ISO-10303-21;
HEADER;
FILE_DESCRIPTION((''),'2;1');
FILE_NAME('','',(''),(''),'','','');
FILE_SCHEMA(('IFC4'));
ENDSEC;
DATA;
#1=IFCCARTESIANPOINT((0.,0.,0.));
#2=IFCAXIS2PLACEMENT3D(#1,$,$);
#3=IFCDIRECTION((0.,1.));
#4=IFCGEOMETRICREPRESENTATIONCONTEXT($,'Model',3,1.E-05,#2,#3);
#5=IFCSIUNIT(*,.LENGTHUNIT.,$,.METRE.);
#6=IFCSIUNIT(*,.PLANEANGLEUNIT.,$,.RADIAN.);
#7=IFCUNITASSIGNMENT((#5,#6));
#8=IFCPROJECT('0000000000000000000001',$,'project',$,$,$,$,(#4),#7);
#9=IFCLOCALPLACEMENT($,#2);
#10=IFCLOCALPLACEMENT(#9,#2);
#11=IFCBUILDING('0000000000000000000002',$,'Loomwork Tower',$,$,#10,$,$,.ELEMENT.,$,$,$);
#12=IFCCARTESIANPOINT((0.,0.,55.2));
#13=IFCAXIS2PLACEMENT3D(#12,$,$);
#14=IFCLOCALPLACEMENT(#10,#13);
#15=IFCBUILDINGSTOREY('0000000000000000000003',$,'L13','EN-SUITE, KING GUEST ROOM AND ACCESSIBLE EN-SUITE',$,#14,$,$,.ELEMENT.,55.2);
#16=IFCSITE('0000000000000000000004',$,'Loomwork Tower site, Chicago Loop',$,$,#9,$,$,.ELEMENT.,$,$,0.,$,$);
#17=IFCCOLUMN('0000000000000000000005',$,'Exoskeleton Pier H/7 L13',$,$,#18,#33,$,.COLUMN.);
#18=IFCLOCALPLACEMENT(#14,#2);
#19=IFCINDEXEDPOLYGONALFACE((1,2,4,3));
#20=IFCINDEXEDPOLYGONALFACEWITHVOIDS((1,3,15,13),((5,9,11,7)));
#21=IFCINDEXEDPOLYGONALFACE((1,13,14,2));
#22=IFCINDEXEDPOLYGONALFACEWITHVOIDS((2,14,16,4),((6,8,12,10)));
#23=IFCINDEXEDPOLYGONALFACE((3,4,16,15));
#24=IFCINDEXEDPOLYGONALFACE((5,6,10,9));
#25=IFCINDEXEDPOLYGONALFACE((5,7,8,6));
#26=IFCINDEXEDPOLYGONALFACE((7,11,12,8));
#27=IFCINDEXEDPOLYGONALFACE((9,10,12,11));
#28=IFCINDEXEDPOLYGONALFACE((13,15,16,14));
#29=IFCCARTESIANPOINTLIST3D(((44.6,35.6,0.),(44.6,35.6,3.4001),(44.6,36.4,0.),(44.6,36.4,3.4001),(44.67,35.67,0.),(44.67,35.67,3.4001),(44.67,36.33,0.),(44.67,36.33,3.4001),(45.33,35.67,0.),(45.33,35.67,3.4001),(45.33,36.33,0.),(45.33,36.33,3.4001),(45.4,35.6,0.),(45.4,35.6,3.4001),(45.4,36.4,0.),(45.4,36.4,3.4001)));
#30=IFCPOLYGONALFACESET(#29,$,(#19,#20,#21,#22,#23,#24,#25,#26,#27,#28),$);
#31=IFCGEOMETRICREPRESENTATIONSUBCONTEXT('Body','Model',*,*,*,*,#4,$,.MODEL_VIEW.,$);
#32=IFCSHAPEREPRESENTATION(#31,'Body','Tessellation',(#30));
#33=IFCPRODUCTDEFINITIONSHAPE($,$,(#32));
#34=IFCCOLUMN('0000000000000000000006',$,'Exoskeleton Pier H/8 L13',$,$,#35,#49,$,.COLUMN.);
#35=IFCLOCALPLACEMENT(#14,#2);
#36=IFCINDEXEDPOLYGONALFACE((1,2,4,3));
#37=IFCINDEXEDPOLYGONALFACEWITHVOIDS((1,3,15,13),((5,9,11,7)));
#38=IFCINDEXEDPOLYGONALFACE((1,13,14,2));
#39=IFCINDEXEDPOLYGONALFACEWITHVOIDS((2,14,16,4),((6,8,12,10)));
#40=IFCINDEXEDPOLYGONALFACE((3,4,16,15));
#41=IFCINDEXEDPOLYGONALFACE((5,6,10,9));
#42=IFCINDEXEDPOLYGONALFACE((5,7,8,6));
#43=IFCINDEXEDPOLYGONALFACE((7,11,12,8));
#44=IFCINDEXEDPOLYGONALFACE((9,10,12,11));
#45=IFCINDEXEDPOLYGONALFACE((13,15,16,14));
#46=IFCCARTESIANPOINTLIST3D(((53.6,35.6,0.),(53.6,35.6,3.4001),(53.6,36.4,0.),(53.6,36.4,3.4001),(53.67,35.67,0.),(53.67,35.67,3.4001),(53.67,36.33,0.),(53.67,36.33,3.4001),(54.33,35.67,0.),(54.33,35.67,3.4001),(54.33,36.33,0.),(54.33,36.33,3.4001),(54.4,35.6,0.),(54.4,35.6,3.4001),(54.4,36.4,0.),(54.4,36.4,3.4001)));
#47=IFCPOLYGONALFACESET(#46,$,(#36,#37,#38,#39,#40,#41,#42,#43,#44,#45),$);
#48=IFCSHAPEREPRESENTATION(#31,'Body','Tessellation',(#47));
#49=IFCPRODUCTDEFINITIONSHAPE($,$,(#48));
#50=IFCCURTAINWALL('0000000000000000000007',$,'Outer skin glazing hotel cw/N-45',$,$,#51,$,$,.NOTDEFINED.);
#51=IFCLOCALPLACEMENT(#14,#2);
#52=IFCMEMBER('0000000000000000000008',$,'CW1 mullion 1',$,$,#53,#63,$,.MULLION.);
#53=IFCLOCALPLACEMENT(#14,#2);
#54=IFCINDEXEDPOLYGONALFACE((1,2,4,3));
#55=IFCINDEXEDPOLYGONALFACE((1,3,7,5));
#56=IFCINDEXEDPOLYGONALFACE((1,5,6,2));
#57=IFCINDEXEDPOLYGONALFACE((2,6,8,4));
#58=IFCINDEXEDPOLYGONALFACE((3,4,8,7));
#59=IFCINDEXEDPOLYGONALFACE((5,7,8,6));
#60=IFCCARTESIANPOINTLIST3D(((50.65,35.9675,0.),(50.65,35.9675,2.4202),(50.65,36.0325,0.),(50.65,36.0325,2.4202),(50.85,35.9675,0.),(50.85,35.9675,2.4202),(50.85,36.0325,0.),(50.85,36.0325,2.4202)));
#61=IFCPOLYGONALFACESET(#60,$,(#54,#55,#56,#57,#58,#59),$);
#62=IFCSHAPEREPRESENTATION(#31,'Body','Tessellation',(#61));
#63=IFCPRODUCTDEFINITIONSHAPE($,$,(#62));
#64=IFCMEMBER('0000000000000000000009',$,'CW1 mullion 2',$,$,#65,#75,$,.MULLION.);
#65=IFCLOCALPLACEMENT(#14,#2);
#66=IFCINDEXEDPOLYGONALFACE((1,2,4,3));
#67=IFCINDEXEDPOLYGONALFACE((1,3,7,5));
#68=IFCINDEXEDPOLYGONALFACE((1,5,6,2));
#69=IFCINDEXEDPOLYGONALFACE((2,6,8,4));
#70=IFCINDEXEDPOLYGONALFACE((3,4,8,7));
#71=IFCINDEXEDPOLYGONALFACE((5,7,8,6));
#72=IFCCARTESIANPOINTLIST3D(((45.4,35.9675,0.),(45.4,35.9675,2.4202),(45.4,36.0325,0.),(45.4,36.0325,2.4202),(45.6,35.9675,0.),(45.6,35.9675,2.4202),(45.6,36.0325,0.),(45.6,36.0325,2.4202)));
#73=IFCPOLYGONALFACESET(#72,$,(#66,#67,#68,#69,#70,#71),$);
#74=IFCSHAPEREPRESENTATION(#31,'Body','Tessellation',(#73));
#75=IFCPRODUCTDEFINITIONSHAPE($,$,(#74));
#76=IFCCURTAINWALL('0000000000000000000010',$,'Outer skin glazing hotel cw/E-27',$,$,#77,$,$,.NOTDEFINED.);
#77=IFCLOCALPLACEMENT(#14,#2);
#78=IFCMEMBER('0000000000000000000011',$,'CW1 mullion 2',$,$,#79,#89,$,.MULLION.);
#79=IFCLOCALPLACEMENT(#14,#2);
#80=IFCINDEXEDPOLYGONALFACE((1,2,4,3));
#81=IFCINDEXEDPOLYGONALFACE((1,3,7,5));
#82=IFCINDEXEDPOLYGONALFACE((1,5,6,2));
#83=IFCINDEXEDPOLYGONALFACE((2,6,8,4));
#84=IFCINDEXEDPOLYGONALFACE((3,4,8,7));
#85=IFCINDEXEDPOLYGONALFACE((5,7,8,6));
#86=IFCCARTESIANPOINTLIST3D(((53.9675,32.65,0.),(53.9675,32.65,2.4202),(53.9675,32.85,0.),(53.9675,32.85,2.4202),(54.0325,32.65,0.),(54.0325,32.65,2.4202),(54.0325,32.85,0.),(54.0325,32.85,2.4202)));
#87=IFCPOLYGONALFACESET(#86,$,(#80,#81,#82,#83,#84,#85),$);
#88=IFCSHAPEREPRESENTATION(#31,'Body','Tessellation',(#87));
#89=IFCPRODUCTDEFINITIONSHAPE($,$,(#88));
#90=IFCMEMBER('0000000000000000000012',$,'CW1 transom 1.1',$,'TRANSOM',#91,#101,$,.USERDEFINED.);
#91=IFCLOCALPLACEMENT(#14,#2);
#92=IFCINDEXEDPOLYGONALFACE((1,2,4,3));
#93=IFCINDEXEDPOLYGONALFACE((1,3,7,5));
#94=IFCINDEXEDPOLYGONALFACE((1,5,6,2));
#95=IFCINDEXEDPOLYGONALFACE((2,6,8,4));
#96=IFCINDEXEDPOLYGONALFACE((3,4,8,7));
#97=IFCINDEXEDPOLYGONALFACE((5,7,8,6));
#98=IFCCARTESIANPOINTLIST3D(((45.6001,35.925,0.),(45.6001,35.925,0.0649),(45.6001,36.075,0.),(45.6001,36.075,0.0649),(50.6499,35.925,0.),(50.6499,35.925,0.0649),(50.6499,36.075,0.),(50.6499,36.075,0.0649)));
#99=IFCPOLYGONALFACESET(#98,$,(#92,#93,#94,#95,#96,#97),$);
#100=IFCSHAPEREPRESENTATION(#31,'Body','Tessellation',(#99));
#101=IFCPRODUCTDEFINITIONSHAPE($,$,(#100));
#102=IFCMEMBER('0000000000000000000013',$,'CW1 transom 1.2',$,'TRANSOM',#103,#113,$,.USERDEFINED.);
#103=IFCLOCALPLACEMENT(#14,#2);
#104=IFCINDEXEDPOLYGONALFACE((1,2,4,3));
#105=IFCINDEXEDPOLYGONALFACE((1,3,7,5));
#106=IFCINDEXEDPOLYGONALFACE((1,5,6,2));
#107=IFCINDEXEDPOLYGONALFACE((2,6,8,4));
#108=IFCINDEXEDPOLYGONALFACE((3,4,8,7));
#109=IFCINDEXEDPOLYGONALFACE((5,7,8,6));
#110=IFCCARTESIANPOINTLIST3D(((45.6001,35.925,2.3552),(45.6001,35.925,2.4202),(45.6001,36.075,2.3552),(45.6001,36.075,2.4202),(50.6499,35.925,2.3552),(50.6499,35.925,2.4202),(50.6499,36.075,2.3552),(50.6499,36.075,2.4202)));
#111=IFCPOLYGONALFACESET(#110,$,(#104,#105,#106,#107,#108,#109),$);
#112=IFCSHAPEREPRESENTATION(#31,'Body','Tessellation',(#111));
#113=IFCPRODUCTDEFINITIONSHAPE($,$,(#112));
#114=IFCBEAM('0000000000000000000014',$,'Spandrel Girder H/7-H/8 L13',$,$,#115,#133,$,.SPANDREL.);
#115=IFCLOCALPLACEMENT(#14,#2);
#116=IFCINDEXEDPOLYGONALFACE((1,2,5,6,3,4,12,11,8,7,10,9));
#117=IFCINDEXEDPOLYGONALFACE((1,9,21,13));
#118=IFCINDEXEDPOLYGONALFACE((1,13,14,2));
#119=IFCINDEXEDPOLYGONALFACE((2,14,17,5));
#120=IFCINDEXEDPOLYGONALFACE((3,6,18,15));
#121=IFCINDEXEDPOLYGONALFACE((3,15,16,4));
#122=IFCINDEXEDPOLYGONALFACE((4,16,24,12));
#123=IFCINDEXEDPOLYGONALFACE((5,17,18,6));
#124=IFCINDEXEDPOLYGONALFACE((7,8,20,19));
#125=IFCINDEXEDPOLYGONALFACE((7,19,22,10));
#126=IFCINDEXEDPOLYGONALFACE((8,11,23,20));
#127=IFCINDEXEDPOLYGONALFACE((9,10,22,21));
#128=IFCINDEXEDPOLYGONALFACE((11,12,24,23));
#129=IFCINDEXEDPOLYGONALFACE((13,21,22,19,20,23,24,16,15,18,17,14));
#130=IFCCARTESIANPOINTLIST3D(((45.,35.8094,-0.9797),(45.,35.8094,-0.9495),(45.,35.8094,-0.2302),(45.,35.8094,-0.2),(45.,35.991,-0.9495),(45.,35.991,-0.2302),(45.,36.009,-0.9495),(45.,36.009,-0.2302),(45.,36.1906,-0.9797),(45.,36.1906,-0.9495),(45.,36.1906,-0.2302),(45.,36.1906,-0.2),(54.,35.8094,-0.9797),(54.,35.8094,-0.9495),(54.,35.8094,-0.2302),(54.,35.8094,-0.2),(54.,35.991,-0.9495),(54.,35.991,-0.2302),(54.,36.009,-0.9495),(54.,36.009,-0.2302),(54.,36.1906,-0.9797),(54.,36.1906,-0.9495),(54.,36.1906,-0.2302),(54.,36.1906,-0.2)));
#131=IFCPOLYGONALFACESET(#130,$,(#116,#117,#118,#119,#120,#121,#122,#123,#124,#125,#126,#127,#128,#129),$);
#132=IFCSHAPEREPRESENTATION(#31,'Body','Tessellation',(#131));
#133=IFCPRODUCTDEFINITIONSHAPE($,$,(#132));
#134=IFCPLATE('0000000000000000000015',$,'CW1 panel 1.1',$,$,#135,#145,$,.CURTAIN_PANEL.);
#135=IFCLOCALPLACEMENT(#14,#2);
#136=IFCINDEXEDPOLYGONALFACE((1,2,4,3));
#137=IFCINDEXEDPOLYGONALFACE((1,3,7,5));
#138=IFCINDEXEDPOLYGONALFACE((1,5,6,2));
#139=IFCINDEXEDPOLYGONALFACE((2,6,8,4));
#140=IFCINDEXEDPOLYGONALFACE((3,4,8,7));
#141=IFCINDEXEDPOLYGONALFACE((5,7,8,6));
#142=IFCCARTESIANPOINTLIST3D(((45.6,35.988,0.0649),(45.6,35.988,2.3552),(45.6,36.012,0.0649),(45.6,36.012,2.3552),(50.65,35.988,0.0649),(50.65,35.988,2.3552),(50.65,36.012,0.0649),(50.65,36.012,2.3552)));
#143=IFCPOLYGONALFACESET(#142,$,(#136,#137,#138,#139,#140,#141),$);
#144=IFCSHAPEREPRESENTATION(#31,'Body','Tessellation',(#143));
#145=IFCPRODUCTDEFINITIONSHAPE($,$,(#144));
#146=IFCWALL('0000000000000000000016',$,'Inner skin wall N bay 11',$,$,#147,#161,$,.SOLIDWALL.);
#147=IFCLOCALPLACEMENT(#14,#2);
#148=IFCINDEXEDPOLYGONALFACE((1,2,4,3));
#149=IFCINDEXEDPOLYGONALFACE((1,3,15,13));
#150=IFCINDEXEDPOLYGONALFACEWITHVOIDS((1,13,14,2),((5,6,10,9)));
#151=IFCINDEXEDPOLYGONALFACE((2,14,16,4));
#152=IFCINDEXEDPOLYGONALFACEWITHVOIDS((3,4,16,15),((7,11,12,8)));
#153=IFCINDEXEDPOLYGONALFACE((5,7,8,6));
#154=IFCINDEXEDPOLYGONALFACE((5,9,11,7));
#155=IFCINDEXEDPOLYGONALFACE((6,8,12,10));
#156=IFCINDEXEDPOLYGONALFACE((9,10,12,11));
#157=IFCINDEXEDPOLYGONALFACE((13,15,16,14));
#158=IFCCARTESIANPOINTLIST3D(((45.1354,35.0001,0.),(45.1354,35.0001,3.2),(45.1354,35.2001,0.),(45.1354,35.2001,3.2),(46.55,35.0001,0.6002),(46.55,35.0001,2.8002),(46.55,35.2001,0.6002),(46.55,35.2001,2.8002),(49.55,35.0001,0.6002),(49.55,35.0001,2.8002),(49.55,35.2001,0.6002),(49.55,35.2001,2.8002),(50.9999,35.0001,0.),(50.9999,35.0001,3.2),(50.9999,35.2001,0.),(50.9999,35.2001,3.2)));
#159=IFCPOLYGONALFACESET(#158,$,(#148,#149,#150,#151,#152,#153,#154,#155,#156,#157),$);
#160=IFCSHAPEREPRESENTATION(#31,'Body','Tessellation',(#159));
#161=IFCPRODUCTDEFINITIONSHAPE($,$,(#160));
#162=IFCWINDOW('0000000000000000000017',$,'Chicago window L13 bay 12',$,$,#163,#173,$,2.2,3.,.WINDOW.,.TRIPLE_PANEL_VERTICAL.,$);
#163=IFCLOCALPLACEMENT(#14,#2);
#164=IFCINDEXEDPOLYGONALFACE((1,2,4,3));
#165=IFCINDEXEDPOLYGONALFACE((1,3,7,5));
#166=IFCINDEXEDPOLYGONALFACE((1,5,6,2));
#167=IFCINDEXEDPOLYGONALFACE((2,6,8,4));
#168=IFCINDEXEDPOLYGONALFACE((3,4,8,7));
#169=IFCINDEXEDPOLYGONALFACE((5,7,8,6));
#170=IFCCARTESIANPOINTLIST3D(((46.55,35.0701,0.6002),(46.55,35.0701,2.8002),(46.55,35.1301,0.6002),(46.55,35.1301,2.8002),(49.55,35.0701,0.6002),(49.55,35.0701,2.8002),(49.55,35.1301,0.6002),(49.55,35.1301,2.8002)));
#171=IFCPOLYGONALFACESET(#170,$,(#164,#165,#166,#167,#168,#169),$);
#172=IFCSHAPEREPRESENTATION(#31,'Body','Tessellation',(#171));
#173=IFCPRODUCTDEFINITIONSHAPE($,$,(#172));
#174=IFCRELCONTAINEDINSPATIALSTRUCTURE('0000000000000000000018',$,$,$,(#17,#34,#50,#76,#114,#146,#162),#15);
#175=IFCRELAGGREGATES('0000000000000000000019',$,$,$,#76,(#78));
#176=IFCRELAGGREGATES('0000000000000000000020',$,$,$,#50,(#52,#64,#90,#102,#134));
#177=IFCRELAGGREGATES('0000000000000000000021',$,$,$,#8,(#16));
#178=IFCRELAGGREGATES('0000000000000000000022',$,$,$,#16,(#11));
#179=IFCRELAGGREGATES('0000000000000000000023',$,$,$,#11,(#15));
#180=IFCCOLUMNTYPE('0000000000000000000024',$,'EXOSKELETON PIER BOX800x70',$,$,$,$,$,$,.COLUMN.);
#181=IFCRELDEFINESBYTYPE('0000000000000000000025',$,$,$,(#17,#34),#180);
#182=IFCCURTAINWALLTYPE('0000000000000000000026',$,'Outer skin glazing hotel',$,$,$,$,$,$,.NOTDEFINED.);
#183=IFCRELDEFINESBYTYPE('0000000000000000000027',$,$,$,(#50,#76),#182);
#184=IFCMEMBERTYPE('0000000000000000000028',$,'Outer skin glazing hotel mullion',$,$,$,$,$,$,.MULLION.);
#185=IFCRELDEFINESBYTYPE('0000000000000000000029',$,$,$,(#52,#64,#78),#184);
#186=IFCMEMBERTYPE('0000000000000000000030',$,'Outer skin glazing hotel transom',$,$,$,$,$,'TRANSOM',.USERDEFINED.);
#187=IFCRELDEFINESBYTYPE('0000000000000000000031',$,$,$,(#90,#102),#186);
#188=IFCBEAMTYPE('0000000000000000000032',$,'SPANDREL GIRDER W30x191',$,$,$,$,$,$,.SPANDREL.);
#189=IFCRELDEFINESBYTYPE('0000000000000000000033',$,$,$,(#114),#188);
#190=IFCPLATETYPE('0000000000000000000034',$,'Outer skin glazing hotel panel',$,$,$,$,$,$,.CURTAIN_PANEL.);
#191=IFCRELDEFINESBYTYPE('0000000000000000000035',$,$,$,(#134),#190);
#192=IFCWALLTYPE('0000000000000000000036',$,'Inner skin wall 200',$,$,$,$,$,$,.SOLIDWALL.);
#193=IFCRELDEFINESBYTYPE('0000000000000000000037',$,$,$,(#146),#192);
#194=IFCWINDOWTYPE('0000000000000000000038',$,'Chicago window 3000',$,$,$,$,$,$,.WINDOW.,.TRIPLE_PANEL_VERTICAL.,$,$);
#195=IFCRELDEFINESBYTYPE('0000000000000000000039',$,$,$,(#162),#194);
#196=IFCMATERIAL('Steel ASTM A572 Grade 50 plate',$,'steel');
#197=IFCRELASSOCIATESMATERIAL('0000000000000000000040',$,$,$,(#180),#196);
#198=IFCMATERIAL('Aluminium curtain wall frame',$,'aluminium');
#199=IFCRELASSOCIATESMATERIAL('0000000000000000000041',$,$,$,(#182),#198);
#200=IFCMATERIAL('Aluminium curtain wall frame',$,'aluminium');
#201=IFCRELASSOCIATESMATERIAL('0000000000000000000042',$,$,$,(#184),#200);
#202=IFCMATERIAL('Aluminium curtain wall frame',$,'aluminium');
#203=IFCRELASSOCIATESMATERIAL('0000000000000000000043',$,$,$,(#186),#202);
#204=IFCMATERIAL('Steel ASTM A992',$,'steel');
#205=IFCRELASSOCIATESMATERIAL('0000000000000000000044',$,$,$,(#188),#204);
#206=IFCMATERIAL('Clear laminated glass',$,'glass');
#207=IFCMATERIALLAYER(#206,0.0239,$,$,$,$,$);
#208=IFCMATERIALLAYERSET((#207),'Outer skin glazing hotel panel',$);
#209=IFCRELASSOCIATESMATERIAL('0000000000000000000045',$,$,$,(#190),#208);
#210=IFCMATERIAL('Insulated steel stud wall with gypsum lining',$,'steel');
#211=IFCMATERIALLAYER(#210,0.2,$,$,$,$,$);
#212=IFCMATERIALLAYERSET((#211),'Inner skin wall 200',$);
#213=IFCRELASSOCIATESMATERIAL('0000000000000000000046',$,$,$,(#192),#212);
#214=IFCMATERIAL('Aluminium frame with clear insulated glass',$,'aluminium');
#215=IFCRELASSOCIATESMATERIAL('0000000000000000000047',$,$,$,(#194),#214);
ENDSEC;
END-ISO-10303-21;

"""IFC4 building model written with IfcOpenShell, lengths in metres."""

from ifc_helpers import new_model, si_unit, direction, frame, frame_2d, origin, origin_2d, place, context, subcontext, project, spatial, rectangle, hollow_rectangle, i_section, extrude, material, layer, layer_set, material_profile, profile_set, type_object, element, fill, aggregate, save


model = new_model("IFC4")

# Units and contexts
model_context = context("Model", 3, precision=1e-05, world=origin(), true_north=direction((0.0, 1.0)))
body_context = subcontext(model_context, "Body", "Model", "MODEL_VIEW")
ifc_project = project(units=[si_unit("LENGTHUNIT", "METRE"), si_unit("PLANEANGLEUNIT", "RADIAN")], contexts=[model_context])

# Site, building, storey
site_placement = place(None, origin())
site = spatial("IfcSite", under=ifc_project, at=site_placement, Name="Loomwork Tower site, Chicago Loop", CompositionType="ELEMENT", RefElevation=0.0)
building_placement = place(site_placement, origin())
building = spatial("IfcBuilding", under=site, at=building_placement, Name="Loomwork Tower", CompositionType="ELEMENT")
storey_placement = place(building_placement, frame((0.0, 0.0, 55.2)))
storey = spatial("IfcBuildingStorey", under=building, at=storey_placement, Name="L13", Description="EN-SUITE, KING GUEST ROOM AND ACCESSIBLE EN-SUITE", CompositionType="ELEMENT", Elevation=55.2)

# Columns
ifc_material_1 = material(Name="Steel ASTM A572 Grade 50 plate", Category="steel")
ifc_material_profile_1 = material_profile(ifc_material_1, hollow_rectangle(XDim=0.8, YDim=0.8, WallThickness=0.0701, at=origin_2d()), Name="BOX800x70")
ifc_profile_set_1 = profile_set([ifc_material_profile_1], Name="Steel ASTM A572 Grade 50 plate")
column_type = type_object("IfcColumnType", Name="EXOSKELETON PIER BOX800x70", PredefinedType="COLUMN", material=ifc_profile_set_1)
for number, where, z_axis, x_axis, name in (
    (1, (45.0, 36.0, 0.0), (0.0, 0.0, 1.0), (1.0, 0.0, 0.0), "Exoskeleton Pier H/7 L13"),
    (2, (54.0, 36.0, 0.0), (0.0, 0.0, 1.0), (1.0, 0.0, 0.0), "Exoskeleton Pier H/8 L13"),
):
    element("IfcColumn", number, at=place(storey_placement, frame(where, z_axis=z_axis, x_axis=x_axis)), inside=storey, type_object=column_type, Name=name, PredefinedType="COLUMN", context=body_context, shape_type="SweptSolid", body=[
        extrude(hollow_rectangle(XDim=0.8, YDim=0.8, WallThickness=0.0701, at=origin_2d()), origin(), (0.0, 0.0, 1.0), 3.4001),
    ])

# Curtain wall, members
ifc_material_2 = material(Name="Aluminium curtain wall frame", Category="aluminium")
curtain_wall_type = type_object("IfcCurtainWallType", Name="Outer skin glazing hotel", PredefinedType="NOTDEFINED", material=ifc_material_2)
curtain_wall_1_placement = place(storey_placement, origin())
curtain_wall_1 = element("IfcCurtainWall", 3, at=curtain_wall_1_placement, inside=storey, type_object=curtain_wall_type, Name="Outer skin glazing hotel cw/N-45", PredefinedType="NOTDEFINED")
ifc_material_3 = material(Name="Aluminium curtain wall frame", Category="aluminium")
ifc_material_profile_2 = material_profile(ifc_material_3, rectangle(XDim=0.0649, YDim=0.2, at=origin_2d()), Name="AL 65x200")
ifc_profile_set_2 = profile_set([ifc_material_profile_2], Name="Aluminium curtain wall frame")
member_type_1 = type_object("IfcMemberType", Name="Outer skin glazing hotel mullion", PredefinedType="MULLION", material=ifc_profile_set_2)
member_1_placement = place(storey_placement, frame((50.75, 36.0, 0.0), z_axis=(0.0, 0.0, 1.0), x_axis=(0.0, -1.0, 0.0)))
member_1 = element("IfcMember", 4, at=member_1_placement, type_object=member_type_1, Name="CW1 mullion 1", PredefinedType="MULLION", context=body_context, shape_type="SweptSolid", body=[
    extrude(rectangle(XDim=0.0649, YDim=0.2, at=origin_2d()), origin(), (0.0, 0.0, 1.0), 2.4202),
])
member_2_placement = place(storey_placement, frame((45.5, 36.0, 0.0), z_axis=(0.0, 0.0, 1.0), x_axis=(0.0, -1.0, 0.0)))
member_2 = element("IfcMember", 5, at=member_2_placement, type_object=member_type_1, Name="CW1 mullion 2", PredefinedType="MULLION", context=body_context, shape_type="SweptSolid", body=[
    extrude(rectangle(XDim=0.0649, YDim=0.2, at=origin_2d()), origin(), (0.0, 0.0, 1.0), 2.4202),
])

# Curtain wall, member
curtain_wall_2_placement = place(storey_placement, origin())
curtain_wall_2 = element("IfcCurtainWall", 6, at=curtain_wall_2_placement, inside=storey, type_object=curtain_wall_type, Name="Outer skin glazing hotel cw/E-27", PredefinedType="NOTDEFINED")
member_3_placement = place(storey_placement, frame((54.0, 32.75, 0.0), z_axis=(0.0, 0.0, 1.0), x_axis=(-1.0, 0.0, 0.0)))
member_3 = element("IfcMember", 7, at=member_3_placement, type_object=member_type_1, Name="CW1 mullion 2", PredefinedType="MULLION", context=body_context, shape_type="SweptSolid", body=[
    extrude(rectangle(XDim=0.0649, YDim=0.2, at=origin_2d()), origin(), (0.0, 0.0, 1.0), 2.4202),
])
aggregate(curtain_wall_2, [member_3])

# Members
ifc_material_4 = material(Name="Aluminium curtain wall frame", Category="aluminium")
ifc_material_profile_3 = material_profile(ifc_material_4, rectangle(XDim=0.1499, YDim=0.0649, at=origin_2d()), Name="AL 65x150")
ifc_profile_set_3 = profile_set([ifc_material_profile_3], Name="Aluminium curtain wall frame")
member_type_2 = type_object("IfcMemberType", Name="Outer skin glazing hotel transom", ElementType="TRANSOM", PredefinedType="USERDEFINED", material=ifc_profile_set_3)
member_4_placement = place(storey_placement, frame((50.6499, 36.0, 0.0325), z_axis=(-1.0, 0.0, 0.0), x_axis=(0.0, -1.0, 0.0)))
member_4 = element("IfcMember", 8, at=member_4_placement, type_object=member_type_2, Name="CW1 transom 1.1", ObjectType="TRANSOM", PredefinedType="USERDEFINED", context=body_context, shape_type="SweptSolid", body=[
    extrude(rectangle(XDim=0.1499, YDim=0.0649, at=origin_2d()), origin(), (0.0, 0.0, 1.0), 5.0498),
])
member_5_placement = place(storey_placement, frame((50.6499, 36.0, 2.3877), z_axis=(-1.0, 0.0, 0.0), x_axis=(0.0, -1.0, 0.0)))
member_5 = element("IfcMember", 9, at=member_5_placement, type_object=member_type_2, Name="CW1 transom 1.2", ObjectType="TRANSOM", PredefinedType="USERDEFINED", context=body_context, shape_type="SweptSolid", body=[
    extrude(rectangle(XDim=0.1499, YDim=0.0649, at=origin_2d()), origin(), (0.0, 0.0, 1.0), 5.0498),
])

# Beam
ifc_material_5 = material(Name="Steel ASTM A992", Category="steel")
ifc_material_profile_4 = material_profile(ifc_material_5, i_section(OverallWidth=0.3811, OverallDepth=0.7798, WebThickness=0.0181, FlangeThickness=0.0303, at=origin_2d()), Name="W30x191")
ifc_profile_set_4 = profile_set([ifc_material_profile_4], Name="Steel ASTM A992")
beam_type = type_object("IfcBeamType", Name="SPANDREL GIRDER W30x191", PredefinedType="SPANDREL", material=ifc_profile_set_4)
beam_placement = place(storey_placement, frame((45.0, 36.0, -0.5898), z_axis=(1.0, 0.0, 0.0), x_axis=(0.0, 1.0, 0.0)))
element("IfcBeam", 10, at=beam_placement, inside=storey, type_object=beam_type, Name="Spandrel Girder H/7-H/8 L13", PredefinedType="SPANDREL", context=body_context, shape_type="SweptSolid", body=[
    extrude(i_section(OverallWidth=0.3811, OverallDepth=0.7798, WebThickness=0.0181, FlangeThickness=0.0303, at=origin_2d()), origin(), (0.0, 0.0, 1.0), 9.0),
])

# Plate
ifc_material_6 = material(Name="Clear laminated glass", Category="glass")
ifc_layer_1 = layer(ifc_material_6, 0.0239)
ifc_layer_set_1 = layer_set([ifc_layer_1], Name="Outer skin glazing hotel panel")
plate_type = type_object("IfcPlateType", Name="Outer skin glazing hotel panel", PredefinedType="CURTAIN_PANEL", material=ifc_layer_set_1)
plate_placement = place(storey_placement, frame((48.125, 36.0, 0.0649), z_axis=(0.0, 0.0, 1.0), x_axis=(-1.0, 0.0, 0.0)))
plate = element("IfcPlate", 11, at=plate_placement, type_object=plate_type, Name="CW1 panel 1.1", PredefinedType="CURTAIN_PANEL", context=body_context, shape_type="SweptSolid", body=[
    extrude(rectangle(XDim=5.05, YDim=0.0239, at=origin_2d()), origin(), (0.0, 0.0, 1.0), 2.2903),
])
aggregate(curtain_wall_1, [member_1, member_2, member_4, member_5, plate])

# Wall, opening, window
ifc_material_7 = material(Name="Insulated steel stud wall with gypsum lining", Category="steel")
ifc_layer_2 = layer(ifc_material_7, 0.2)
ifc_layer_set_2 = layer_set([ifc_layer_2], Name="Inner skin wall 200")
wall_type_1 = type_object("IfcWallType", Name="Inner skin wall 200", PredefinedType="SOLIDWALL", material=ifc_layer_set_2)
wall_1_placement = place(storey_placement, frame((45.1355, 35.1001, 0.0), z_axis=(0.0, 0.0, 1.0), x_axis=(1.0, 0.0, 0.0)))
wall_1 = element("IfcWall", 12, at=wall_1_placement, inside=storey, type_object=wall_type_1, Name="Inner skin wall N bay 11", PredefinedType="SOLIDWALL", context=body_context, shape_type="SweptSolid", body=[
    extrude(rectangle(XDim=5.8645, YDim=0.2, at=frame_2d((2.9321, 0.0))), origin(), (0.0, 0.0, 1.0), 3.2),
])
opening_1_placement = place(wall_1_placement, frame((1.4146, 0.0, 0.6001)))
opening_1 = element("IfcOpeningElement", 13, at=opening_1_placement, cuts=wall_1, PredefinedType="OPENING", context=body_context, shape_type="SweptSolid", body=[
    extrude(rectangle(XDim=3.0, YDim=2.2, at=frame_2d((1.5, 1.1001))), frame((0.0, 0.1099, 0.0), z_axis=(0.0, -1.0, 0.0), x_axis=(1.0, 0.0, 0.0)), (0.0, 0.0, 1.0), 0.22),
])
ifc_material_8 = material(Name="Aluminium frame with clear insulated glass", Category="aluminium")
window_type_1 = type_object("IfcWindowType", Name="Chicago window 3000", PartitioningType="TRIPLE_PANEL_VERTICAL", PredefinedType="WINDOW", material=ifc_material_8)
window_1_placement = place(opening_1_placement, origin())
window_1 = element("IfcWindow", 14, at=window_1_placement, inside=storey, type_object=window_type_1, Name="Chicago window L13 bay 12", OverallHeight=2.2, OverallWidth=3.0, PartitioningType="TRIPLE_PANEL_VERTICAL", PredefinedType="WINDOW", context=body_context, shape_type="SweptSolid", body=[
    extrude(rectangle(XDim=3.0, YDim=2.2, at=frame_2d((1.5, 1.1001))), frame((0.0, 0.03, 0.0), z_axis=(0.0, -1.0, 0.0), x_axis=(1.0, 0.0, 0.0)), (0.0, 0.0, 1.0), 0.0601),
])
fill(opening_1, window_1)

save(model, "model.ifc")
